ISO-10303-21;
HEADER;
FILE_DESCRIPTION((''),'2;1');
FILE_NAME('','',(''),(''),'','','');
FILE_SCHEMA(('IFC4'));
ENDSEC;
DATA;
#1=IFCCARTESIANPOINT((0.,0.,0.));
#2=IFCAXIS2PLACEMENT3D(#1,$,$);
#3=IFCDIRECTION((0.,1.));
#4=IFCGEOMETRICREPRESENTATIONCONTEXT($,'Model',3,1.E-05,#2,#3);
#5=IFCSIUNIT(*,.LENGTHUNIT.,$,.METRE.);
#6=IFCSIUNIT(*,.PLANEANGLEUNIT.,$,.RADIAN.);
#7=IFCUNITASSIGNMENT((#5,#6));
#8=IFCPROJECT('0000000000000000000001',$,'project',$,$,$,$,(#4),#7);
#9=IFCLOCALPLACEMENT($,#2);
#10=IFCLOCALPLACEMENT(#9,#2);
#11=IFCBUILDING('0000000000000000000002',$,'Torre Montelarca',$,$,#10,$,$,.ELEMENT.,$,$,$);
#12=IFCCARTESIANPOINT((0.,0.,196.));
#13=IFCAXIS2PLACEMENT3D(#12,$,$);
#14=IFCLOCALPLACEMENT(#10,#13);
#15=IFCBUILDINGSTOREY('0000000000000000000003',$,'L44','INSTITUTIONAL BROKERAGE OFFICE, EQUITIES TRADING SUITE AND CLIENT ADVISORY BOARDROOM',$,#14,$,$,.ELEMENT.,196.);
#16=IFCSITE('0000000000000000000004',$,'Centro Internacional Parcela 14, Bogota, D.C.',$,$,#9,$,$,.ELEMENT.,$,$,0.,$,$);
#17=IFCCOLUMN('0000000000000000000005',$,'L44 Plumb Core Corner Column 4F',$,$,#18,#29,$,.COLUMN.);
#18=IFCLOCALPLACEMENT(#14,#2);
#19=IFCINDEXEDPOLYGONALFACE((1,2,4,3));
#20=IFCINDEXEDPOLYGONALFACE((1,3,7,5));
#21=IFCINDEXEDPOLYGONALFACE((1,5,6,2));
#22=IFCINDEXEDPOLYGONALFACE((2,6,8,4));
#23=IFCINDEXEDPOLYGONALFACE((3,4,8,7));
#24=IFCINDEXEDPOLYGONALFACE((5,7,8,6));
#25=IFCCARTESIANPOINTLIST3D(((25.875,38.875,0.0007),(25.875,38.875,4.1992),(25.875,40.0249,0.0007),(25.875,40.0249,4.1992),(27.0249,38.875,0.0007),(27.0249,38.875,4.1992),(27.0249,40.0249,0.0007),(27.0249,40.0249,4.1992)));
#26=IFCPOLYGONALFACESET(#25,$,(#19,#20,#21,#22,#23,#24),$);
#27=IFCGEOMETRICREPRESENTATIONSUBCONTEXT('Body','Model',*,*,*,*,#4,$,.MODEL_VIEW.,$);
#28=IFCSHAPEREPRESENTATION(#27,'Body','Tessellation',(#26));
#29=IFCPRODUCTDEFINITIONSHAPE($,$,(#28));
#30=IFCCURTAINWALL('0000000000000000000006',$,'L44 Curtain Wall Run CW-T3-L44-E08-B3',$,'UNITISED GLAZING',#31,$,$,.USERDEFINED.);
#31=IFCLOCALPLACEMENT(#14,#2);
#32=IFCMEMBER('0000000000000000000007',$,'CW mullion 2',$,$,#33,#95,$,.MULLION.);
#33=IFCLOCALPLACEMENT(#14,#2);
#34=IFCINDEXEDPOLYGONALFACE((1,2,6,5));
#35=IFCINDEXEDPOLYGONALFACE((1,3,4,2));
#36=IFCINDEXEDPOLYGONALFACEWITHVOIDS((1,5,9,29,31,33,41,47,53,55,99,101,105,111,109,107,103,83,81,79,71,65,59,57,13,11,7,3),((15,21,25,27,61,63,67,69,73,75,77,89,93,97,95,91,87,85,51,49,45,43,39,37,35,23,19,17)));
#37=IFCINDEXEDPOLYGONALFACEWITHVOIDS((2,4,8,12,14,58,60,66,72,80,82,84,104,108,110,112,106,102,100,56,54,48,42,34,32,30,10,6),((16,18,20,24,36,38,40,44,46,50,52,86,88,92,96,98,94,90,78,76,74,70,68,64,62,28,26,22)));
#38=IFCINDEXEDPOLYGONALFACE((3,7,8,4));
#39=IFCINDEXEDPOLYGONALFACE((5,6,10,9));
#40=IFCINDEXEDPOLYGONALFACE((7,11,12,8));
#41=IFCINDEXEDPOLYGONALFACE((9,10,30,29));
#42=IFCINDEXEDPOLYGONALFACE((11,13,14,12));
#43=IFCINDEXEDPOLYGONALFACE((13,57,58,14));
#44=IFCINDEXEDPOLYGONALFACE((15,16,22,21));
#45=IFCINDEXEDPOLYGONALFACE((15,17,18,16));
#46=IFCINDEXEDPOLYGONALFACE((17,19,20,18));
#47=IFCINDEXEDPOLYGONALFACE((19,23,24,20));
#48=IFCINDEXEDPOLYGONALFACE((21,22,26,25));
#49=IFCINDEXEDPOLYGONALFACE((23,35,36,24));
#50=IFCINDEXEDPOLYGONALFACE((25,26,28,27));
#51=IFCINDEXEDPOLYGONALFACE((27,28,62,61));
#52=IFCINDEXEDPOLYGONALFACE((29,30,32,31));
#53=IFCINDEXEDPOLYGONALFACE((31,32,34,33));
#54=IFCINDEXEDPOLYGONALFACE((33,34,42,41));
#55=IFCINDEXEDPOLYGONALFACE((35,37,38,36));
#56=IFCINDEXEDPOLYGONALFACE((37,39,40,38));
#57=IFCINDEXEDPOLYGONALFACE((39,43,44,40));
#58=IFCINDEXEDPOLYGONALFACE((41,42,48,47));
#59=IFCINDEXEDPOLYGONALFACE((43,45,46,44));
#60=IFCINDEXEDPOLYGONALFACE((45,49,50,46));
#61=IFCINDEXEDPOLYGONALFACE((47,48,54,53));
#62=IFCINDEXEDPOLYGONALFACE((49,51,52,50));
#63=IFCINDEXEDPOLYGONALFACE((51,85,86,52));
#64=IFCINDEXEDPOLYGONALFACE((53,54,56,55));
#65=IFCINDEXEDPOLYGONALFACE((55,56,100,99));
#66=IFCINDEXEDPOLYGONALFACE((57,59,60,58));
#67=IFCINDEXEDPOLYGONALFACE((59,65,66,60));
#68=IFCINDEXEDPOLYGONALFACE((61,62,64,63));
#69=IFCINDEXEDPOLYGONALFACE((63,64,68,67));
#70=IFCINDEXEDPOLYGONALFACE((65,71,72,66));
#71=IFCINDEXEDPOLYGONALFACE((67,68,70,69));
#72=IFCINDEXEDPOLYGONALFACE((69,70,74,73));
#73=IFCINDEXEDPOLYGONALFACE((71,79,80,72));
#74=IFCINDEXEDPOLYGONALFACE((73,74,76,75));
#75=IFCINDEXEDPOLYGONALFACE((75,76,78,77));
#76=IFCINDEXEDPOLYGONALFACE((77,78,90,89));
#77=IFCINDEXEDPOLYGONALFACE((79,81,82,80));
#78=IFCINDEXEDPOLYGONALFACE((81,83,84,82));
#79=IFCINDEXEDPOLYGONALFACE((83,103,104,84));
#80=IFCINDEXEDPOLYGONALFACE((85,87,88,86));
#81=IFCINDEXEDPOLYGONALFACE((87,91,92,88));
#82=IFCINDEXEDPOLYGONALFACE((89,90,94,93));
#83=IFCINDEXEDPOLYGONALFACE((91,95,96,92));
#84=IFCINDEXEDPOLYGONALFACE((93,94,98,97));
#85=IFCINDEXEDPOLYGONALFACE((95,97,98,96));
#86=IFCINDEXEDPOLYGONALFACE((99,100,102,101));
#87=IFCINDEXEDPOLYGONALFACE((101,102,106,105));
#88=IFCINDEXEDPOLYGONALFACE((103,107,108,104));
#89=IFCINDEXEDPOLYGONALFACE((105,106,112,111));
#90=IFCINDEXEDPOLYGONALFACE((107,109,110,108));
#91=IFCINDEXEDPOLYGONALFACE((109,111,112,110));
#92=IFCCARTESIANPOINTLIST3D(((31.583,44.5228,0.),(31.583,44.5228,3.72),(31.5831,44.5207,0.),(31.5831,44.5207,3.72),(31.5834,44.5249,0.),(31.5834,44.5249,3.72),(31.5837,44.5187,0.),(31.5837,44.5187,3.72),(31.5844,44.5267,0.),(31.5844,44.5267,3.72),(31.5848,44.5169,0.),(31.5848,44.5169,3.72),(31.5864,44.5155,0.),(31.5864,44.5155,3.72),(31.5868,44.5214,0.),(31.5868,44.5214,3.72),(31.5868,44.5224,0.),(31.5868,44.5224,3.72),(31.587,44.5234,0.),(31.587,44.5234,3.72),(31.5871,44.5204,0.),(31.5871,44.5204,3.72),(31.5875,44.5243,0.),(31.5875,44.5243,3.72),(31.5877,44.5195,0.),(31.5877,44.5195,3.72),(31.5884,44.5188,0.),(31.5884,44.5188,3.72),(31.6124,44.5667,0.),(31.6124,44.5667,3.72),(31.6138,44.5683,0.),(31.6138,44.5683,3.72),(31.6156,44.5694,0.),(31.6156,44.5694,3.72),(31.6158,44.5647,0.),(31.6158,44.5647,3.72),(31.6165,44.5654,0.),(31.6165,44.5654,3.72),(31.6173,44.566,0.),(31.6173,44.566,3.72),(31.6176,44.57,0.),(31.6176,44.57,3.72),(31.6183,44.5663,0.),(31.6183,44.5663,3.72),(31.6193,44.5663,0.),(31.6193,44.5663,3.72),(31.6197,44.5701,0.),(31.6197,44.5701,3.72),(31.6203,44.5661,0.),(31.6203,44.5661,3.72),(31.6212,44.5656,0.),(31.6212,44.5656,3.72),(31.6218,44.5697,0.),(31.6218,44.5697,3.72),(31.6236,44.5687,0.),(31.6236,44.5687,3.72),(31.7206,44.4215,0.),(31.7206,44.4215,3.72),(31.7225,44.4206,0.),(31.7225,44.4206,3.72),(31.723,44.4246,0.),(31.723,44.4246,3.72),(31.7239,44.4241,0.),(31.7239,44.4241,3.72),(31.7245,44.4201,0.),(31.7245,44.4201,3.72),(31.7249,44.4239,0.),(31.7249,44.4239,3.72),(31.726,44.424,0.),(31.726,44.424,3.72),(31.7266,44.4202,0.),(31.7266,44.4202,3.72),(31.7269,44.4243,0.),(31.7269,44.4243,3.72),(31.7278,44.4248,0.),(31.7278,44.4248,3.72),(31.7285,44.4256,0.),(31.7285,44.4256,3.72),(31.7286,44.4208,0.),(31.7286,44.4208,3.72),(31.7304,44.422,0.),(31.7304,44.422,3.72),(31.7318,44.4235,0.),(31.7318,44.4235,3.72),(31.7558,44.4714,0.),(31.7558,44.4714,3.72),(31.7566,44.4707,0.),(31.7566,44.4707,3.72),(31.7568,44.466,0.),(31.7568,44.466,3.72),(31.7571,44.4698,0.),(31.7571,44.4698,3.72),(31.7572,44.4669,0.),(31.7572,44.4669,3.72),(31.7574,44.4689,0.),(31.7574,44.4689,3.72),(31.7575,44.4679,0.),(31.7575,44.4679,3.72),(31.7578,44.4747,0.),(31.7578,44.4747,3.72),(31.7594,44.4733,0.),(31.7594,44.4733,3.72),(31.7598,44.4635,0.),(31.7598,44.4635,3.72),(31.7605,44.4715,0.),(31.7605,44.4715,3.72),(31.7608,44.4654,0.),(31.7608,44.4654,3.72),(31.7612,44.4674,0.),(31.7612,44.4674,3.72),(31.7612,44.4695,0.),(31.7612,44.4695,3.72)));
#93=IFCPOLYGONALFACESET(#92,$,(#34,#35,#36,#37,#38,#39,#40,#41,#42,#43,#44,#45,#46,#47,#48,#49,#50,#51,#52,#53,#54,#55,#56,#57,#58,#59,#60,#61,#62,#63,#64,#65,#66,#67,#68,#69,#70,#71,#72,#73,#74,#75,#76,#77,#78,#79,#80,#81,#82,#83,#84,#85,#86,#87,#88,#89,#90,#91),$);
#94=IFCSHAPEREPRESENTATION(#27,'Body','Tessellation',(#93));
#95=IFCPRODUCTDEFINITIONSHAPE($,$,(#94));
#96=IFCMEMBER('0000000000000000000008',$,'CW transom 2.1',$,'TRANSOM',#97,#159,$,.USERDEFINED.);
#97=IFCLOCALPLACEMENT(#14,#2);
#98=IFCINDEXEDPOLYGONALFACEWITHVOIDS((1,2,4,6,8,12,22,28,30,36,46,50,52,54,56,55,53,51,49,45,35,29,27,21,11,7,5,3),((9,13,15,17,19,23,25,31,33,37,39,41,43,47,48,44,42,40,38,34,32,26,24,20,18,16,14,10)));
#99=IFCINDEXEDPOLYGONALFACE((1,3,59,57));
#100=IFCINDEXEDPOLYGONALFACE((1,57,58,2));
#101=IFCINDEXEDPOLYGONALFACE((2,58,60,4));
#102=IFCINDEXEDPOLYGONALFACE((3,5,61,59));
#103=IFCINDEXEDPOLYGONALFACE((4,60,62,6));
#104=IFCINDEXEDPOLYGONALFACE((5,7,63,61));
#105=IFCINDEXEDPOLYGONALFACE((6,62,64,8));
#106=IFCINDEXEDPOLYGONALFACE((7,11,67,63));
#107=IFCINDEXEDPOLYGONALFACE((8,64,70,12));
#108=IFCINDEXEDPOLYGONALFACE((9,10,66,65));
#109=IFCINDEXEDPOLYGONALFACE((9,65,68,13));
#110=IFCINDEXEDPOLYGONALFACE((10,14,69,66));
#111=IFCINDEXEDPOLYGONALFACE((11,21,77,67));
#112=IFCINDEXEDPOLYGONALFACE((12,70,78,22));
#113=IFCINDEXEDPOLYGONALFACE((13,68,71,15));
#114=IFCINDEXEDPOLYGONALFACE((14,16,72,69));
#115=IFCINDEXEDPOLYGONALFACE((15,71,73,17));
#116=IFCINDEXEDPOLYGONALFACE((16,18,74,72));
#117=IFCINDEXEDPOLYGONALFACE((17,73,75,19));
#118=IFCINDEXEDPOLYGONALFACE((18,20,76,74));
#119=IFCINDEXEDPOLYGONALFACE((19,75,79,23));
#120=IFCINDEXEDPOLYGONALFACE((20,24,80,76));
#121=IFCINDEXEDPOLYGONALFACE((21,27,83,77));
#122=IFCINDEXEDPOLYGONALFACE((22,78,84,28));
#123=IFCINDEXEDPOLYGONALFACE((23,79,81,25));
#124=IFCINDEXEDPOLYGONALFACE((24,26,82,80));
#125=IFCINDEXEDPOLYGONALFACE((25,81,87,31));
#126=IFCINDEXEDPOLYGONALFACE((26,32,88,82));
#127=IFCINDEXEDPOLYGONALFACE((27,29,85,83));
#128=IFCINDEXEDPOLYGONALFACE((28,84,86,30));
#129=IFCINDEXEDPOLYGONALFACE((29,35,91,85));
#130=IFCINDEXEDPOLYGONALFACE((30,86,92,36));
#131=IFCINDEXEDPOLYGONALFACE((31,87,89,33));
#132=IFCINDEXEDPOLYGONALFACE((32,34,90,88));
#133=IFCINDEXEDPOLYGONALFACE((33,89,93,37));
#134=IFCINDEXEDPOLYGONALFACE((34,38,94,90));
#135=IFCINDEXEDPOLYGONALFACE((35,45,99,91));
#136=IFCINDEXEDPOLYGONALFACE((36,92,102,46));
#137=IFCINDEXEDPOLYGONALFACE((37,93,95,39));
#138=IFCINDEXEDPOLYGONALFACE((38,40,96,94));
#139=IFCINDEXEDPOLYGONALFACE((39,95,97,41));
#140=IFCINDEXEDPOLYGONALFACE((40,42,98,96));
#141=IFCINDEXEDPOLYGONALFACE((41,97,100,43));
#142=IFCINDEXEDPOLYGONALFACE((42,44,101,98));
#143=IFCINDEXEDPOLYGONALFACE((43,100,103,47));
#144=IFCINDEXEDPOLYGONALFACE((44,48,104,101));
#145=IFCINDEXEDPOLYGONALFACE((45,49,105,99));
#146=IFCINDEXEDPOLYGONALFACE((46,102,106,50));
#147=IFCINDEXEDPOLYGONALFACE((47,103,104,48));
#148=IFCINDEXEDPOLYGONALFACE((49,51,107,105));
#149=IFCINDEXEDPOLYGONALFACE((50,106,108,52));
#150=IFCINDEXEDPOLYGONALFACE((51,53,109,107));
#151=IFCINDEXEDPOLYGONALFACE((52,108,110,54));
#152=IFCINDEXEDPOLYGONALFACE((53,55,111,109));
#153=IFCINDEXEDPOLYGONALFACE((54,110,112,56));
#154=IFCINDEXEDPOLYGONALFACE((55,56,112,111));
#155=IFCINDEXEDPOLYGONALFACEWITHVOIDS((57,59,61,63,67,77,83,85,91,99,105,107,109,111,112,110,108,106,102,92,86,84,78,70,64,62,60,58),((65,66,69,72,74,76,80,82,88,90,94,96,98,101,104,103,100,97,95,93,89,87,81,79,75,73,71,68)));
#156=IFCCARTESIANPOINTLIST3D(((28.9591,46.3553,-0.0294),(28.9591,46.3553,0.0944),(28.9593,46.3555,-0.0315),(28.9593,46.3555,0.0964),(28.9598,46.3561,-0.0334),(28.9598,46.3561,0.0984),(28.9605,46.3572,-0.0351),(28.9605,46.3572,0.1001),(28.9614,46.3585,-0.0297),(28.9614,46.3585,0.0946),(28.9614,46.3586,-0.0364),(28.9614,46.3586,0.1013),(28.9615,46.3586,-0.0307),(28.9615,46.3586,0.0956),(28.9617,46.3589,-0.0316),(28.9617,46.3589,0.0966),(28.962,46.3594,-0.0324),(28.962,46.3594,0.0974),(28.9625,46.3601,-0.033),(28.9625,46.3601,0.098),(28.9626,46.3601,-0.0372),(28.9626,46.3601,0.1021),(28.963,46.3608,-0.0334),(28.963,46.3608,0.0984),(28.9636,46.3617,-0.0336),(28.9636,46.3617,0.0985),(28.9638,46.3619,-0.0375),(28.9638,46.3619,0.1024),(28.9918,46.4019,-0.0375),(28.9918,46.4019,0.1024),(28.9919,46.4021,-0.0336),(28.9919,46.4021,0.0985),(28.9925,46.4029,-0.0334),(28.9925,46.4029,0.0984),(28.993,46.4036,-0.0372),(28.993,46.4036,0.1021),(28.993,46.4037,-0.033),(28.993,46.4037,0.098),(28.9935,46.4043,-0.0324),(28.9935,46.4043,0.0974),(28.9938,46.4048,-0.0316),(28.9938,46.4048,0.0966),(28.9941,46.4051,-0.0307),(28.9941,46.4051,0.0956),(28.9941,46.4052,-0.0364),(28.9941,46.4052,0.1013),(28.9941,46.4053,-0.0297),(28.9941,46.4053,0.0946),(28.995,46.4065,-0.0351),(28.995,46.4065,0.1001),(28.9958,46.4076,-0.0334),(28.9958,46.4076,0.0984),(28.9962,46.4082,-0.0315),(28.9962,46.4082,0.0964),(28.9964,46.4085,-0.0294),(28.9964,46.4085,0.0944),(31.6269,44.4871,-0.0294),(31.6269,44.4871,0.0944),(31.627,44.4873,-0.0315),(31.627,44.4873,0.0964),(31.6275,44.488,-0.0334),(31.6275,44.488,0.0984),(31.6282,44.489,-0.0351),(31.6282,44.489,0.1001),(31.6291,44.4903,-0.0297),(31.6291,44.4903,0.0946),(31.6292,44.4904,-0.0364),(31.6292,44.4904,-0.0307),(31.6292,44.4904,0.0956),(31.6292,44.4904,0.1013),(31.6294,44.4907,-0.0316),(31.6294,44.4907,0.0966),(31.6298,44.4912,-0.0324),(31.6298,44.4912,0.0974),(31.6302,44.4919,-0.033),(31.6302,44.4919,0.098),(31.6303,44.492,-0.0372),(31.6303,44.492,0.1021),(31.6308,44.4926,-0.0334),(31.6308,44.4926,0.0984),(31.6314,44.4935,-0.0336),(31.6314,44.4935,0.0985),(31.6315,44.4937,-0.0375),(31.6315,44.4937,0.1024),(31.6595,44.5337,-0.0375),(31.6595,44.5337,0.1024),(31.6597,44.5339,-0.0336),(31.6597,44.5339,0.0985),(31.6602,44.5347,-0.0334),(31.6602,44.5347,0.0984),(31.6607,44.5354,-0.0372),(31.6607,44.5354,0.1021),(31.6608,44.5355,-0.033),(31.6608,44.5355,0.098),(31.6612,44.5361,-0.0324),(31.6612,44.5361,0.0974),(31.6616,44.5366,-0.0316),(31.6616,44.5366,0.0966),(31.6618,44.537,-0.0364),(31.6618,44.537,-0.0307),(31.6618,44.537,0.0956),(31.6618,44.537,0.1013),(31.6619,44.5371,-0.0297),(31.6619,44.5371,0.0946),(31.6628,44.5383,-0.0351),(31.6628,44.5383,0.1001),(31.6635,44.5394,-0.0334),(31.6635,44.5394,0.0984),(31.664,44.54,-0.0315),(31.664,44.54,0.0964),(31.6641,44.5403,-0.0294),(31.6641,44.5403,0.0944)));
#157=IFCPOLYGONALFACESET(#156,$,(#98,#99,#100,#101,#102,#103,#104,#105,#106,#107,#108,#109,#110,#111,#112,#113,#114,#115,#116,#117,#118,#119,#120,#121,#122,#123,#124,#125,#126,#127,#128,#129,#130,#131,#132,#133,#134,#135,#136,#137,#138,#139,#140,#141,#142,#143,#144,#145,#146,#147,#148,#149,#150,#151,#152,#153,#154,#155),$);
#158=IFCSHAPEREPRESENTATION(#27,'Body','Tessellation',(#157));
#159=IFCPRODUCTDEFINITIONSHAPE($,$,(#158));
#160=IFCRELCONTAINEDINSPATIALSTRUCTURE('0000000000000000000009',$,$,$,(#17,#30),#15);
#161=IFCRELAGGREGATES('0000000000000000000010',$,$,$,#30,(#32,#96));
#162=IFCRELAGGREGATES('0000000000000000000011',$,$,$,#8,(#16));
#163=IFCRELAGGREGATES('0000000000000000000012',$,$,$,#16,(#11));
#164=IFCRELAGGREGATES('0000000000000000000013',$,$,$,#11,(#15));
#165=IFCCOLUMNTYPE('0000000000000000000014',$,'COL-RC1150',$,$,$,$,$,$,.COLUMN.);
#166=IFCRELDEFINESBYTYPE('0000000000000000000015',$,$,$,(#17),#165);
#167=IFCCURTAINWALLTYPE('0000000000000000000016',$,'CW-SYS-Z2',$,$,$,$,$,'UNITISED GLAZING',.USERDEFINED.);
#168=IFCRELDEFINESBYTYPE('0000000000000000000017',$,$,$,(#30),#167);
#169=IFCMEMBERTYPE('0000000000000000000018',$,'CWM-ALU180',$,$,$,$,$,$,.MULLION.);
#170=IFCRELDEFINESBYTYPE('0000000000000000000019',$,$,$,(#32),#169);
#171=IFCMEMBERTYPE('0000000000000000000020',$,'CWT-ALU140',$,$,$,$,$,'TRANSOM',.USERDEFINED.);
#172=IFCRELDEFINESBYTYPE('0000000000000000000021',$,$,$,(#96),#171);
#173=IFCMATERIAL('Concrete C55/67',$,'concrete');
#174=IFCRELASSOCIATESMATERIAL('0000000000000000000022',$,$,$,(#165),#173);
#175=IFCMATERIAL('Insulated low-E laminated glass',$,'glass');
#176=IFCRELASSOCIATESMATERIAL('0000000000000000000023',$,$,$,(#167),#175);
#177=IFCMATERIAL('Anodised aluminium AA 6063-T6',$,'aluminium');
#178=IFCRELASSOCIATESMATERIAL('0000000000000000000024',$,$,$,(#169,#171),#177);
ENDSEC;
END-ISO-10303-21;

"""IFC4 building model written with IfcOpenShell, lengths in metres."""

from ifc_helpers import new_model, si_unit, direction, frame, origin, origin_2d, place, context, subcontext, project, spatial, rectangle, hollow_rectangle, extrude, source, transform, mapped, material, material_profile, profile_set, type_object, element, aggregate, save


model = new_model("IFC4")

# Units and contexts
model_context = context("Model", 3, precision=1e-05, world=origin(), true_north=direction((0.0, 1.0)))
body_context = subcontext(model_context, "Body", "Model", "MODEL_VIEW")
ifc_project = project(units=[si_unit("LENGTHUNIT", "METRE"), si_unit("PLANEANGLEUNIT", "RADIAN")], contexts=[model_context])

# Site, building, storey
site_placement = place(None, origin())
site = spatial("IfcSite", under=ifc_project, at=site_placement, Name="Centro Internacional Parcela 14, Bogota, D.C.", CompositionType="ELEMENT", RefElevation=0.0)
building_placement = place(site_placement, origin())
building = spatial("IfcBuilding", under=site, at=building_placement, Name="Torre Montelarca", CompositionType="ELEMENT")
storey_placement = place(building_placement, frame((0.0, 0.0, 196.0)))
storey = spatial("IfcBuildingStorey", under=building, at=storey_placement, Name="L44", Description="INSTITUTIONAL BROKERAGE OFFICE, EQUITIES TRADING SUITE AND CLIENT ADVISORY BOARDROOM", CompositionType="ELEMENT", Elevation=196.0)

# Column
ifc_material_1 = material(Name="Concrete C55/67", Category="concrete")
ifc_material_profile_1 = material_profile(ifc_material_1, rectangle(XDim=1.1499, YDim=1.1499, at=origin_2d()), Name="RC1150X1150", Category="concrete")
ifc_profile_set_1 = profile_set([ifc_material_profile_1], Name="Concrete C55/67")
column_type = type_object("IfcColumnType", Name="COL-RC1150", PredefinedType="COLUMN", material=ifc_profile_set_1)
shared_shape_1 = source(origin(), body_context, "Body", "SweptSolid", [
    extrude(rectangle(XDim=1.1499, YDim=1.1499, at=origin_2d()), origin(), (0.0, 0.0, 1.0), 4.1985),
])
column_placement = place(storey_placement, frame((26.45, 39.45, 0.0007), z_axis=(0.0, 0.0, 1.0), x_axis=(1.0, 0.0, 0.0)))
element("IfcColumn", 1, at=column_placement, inside=storey, type_object=column_type, Name="L44 Plumb Core Corner Column 4F", PredefinedType="COLUMN", context=body_context, shape_type="MappedRepresentation", body=[
    mapped(shared_shape_1, transform((0.0, 0.0, 0.0), scale=1.0)),
])

# Curtain wall, members
ifc_material_2 = material(Name="Insulated low-E laminated glass", Category="glass")
curtain_wall_type = type_object("IfcCurtainWallType", Name="CW-SYS-Z2", ElementType="UNITISED GLAZING", PredefinedType="USERDEFINED", material=ifc_material_2)
curtain_wall_placement = place(storey_placement, origin())
curtain_wall = element("IfcCurtainWall", 2, at=curtain_wall_placement, inside=storey, type_object=curtain_wall_type, Name="L44 Curtain Wall Run CW-T3-L44-E08-B3", ObjectType="UNITISED GLAZING", PredefinedType="USERDEFINED")
ifc_material_3 = material(Name="Anodised aluminium AA 6063-T6", Category="aluminium")
ifc_material_profile_2 = material_profile(ifc_material_3, hollow_rectangle(XDim=0.0649, YDim=0.1799, WallThickness=0.0039, InnerFilletRadius=0.0039, OuterFilletRadius=0.0081, at=origin_2d()), Name="ALU65X180X4", Category="aluminium")
ifc_profile_set_2 = profile_set([ifc_material_profile_2], Name="Anodised aluminium AA 6063-T6")
member_type_1 = type_object("IfcMemberType", Name="CWM-ALU180", PredefinedType="MULLION", material=ifc_profile_set_2)
shared_shape_2 = source(origin(), body_context, "Body", "SweptSolid", [
    extrude(hollow_rectangle(XDim=0.0649, YDim=0.1799, WallThickness=0.0039, InnerFilletRadius=0.0039, OuterFilletRadius=0.0081, at=origin_2d()), origin(), (0.0, 0.0, 1.0), 3.72),
])
member_1_placement = place(storey_placement, frame((31.6721, 44.4951, 0.0), z_axis=(0.0, 0.0, 1.0), x_axis=(-0.573574, -0.819153, 0.0)))
member_1 = element("IfcMember", 3, at=member_1_placement, type_object=member_type_1, Name="CW mullion 2", PredefinedType="MULLION", context=body_context, shape_type="MappedRepresentation", body=[
    mapped(shared_shape_2, transform((0.0, 0.0, 0.0), scale=1.0)),
])
ifc_material_profile_3 = material_profile(ifc_material_3, hollow_rectangle(XDim=0.0649, YDim=0.1399, WallThickness=0.0039, InnerFilletRadius=0.0039, OuterFilletRadius=0.0081, at=origin_2d()), Name="ALU65X140X4", Category="aluminium")
ifc_profile_set_3 = profile_set([ifc_material_profile_3], Name="Anodised aluminium AA 6063-T6")
member_type_2 = type_object("IfcMemberType", Name="CWT-ALU140", ElementType="TRANSOM", PredefinedType="USERDEFINED", material=ifc_profile_set_3)
shared_shape_3 = source(origin(), body_context, "Body", "SweptSolid", [
    extrude(hollow_rectangle(XDim=0.0649, YDim=0.1399, WallThickness=0.0039, InnerFilletRadius=0.0039, OuterFilletRadius=0.0081, at=origin_2d()), origin(), (0.0, 0.0, 1.0), 3.2568),
])
member_2_placement = place(storey_placement, frame((31.6455, 44.5137, 0.0325), z_axis=(-0.819123, 0.573618, 0.0), x_axis=(-0.573618, -0.819123, 0.0)))
member_2 = element("IfcMember", 4, at=member_2_placement, type_object=member_type_2, Name="CW transom 2.1", ObjectType="TRANSOM", PredefinedType="USERDEFINED", context=body_context, shape_type="MappedRepresentation", body=[
    mapped(shared_shape_3, transform((0.0, 0.0, 0.0), scale=1.0)),
])
aggregate(curtain_wall, [member_1, member_2])

save(model, "model.ifc")
